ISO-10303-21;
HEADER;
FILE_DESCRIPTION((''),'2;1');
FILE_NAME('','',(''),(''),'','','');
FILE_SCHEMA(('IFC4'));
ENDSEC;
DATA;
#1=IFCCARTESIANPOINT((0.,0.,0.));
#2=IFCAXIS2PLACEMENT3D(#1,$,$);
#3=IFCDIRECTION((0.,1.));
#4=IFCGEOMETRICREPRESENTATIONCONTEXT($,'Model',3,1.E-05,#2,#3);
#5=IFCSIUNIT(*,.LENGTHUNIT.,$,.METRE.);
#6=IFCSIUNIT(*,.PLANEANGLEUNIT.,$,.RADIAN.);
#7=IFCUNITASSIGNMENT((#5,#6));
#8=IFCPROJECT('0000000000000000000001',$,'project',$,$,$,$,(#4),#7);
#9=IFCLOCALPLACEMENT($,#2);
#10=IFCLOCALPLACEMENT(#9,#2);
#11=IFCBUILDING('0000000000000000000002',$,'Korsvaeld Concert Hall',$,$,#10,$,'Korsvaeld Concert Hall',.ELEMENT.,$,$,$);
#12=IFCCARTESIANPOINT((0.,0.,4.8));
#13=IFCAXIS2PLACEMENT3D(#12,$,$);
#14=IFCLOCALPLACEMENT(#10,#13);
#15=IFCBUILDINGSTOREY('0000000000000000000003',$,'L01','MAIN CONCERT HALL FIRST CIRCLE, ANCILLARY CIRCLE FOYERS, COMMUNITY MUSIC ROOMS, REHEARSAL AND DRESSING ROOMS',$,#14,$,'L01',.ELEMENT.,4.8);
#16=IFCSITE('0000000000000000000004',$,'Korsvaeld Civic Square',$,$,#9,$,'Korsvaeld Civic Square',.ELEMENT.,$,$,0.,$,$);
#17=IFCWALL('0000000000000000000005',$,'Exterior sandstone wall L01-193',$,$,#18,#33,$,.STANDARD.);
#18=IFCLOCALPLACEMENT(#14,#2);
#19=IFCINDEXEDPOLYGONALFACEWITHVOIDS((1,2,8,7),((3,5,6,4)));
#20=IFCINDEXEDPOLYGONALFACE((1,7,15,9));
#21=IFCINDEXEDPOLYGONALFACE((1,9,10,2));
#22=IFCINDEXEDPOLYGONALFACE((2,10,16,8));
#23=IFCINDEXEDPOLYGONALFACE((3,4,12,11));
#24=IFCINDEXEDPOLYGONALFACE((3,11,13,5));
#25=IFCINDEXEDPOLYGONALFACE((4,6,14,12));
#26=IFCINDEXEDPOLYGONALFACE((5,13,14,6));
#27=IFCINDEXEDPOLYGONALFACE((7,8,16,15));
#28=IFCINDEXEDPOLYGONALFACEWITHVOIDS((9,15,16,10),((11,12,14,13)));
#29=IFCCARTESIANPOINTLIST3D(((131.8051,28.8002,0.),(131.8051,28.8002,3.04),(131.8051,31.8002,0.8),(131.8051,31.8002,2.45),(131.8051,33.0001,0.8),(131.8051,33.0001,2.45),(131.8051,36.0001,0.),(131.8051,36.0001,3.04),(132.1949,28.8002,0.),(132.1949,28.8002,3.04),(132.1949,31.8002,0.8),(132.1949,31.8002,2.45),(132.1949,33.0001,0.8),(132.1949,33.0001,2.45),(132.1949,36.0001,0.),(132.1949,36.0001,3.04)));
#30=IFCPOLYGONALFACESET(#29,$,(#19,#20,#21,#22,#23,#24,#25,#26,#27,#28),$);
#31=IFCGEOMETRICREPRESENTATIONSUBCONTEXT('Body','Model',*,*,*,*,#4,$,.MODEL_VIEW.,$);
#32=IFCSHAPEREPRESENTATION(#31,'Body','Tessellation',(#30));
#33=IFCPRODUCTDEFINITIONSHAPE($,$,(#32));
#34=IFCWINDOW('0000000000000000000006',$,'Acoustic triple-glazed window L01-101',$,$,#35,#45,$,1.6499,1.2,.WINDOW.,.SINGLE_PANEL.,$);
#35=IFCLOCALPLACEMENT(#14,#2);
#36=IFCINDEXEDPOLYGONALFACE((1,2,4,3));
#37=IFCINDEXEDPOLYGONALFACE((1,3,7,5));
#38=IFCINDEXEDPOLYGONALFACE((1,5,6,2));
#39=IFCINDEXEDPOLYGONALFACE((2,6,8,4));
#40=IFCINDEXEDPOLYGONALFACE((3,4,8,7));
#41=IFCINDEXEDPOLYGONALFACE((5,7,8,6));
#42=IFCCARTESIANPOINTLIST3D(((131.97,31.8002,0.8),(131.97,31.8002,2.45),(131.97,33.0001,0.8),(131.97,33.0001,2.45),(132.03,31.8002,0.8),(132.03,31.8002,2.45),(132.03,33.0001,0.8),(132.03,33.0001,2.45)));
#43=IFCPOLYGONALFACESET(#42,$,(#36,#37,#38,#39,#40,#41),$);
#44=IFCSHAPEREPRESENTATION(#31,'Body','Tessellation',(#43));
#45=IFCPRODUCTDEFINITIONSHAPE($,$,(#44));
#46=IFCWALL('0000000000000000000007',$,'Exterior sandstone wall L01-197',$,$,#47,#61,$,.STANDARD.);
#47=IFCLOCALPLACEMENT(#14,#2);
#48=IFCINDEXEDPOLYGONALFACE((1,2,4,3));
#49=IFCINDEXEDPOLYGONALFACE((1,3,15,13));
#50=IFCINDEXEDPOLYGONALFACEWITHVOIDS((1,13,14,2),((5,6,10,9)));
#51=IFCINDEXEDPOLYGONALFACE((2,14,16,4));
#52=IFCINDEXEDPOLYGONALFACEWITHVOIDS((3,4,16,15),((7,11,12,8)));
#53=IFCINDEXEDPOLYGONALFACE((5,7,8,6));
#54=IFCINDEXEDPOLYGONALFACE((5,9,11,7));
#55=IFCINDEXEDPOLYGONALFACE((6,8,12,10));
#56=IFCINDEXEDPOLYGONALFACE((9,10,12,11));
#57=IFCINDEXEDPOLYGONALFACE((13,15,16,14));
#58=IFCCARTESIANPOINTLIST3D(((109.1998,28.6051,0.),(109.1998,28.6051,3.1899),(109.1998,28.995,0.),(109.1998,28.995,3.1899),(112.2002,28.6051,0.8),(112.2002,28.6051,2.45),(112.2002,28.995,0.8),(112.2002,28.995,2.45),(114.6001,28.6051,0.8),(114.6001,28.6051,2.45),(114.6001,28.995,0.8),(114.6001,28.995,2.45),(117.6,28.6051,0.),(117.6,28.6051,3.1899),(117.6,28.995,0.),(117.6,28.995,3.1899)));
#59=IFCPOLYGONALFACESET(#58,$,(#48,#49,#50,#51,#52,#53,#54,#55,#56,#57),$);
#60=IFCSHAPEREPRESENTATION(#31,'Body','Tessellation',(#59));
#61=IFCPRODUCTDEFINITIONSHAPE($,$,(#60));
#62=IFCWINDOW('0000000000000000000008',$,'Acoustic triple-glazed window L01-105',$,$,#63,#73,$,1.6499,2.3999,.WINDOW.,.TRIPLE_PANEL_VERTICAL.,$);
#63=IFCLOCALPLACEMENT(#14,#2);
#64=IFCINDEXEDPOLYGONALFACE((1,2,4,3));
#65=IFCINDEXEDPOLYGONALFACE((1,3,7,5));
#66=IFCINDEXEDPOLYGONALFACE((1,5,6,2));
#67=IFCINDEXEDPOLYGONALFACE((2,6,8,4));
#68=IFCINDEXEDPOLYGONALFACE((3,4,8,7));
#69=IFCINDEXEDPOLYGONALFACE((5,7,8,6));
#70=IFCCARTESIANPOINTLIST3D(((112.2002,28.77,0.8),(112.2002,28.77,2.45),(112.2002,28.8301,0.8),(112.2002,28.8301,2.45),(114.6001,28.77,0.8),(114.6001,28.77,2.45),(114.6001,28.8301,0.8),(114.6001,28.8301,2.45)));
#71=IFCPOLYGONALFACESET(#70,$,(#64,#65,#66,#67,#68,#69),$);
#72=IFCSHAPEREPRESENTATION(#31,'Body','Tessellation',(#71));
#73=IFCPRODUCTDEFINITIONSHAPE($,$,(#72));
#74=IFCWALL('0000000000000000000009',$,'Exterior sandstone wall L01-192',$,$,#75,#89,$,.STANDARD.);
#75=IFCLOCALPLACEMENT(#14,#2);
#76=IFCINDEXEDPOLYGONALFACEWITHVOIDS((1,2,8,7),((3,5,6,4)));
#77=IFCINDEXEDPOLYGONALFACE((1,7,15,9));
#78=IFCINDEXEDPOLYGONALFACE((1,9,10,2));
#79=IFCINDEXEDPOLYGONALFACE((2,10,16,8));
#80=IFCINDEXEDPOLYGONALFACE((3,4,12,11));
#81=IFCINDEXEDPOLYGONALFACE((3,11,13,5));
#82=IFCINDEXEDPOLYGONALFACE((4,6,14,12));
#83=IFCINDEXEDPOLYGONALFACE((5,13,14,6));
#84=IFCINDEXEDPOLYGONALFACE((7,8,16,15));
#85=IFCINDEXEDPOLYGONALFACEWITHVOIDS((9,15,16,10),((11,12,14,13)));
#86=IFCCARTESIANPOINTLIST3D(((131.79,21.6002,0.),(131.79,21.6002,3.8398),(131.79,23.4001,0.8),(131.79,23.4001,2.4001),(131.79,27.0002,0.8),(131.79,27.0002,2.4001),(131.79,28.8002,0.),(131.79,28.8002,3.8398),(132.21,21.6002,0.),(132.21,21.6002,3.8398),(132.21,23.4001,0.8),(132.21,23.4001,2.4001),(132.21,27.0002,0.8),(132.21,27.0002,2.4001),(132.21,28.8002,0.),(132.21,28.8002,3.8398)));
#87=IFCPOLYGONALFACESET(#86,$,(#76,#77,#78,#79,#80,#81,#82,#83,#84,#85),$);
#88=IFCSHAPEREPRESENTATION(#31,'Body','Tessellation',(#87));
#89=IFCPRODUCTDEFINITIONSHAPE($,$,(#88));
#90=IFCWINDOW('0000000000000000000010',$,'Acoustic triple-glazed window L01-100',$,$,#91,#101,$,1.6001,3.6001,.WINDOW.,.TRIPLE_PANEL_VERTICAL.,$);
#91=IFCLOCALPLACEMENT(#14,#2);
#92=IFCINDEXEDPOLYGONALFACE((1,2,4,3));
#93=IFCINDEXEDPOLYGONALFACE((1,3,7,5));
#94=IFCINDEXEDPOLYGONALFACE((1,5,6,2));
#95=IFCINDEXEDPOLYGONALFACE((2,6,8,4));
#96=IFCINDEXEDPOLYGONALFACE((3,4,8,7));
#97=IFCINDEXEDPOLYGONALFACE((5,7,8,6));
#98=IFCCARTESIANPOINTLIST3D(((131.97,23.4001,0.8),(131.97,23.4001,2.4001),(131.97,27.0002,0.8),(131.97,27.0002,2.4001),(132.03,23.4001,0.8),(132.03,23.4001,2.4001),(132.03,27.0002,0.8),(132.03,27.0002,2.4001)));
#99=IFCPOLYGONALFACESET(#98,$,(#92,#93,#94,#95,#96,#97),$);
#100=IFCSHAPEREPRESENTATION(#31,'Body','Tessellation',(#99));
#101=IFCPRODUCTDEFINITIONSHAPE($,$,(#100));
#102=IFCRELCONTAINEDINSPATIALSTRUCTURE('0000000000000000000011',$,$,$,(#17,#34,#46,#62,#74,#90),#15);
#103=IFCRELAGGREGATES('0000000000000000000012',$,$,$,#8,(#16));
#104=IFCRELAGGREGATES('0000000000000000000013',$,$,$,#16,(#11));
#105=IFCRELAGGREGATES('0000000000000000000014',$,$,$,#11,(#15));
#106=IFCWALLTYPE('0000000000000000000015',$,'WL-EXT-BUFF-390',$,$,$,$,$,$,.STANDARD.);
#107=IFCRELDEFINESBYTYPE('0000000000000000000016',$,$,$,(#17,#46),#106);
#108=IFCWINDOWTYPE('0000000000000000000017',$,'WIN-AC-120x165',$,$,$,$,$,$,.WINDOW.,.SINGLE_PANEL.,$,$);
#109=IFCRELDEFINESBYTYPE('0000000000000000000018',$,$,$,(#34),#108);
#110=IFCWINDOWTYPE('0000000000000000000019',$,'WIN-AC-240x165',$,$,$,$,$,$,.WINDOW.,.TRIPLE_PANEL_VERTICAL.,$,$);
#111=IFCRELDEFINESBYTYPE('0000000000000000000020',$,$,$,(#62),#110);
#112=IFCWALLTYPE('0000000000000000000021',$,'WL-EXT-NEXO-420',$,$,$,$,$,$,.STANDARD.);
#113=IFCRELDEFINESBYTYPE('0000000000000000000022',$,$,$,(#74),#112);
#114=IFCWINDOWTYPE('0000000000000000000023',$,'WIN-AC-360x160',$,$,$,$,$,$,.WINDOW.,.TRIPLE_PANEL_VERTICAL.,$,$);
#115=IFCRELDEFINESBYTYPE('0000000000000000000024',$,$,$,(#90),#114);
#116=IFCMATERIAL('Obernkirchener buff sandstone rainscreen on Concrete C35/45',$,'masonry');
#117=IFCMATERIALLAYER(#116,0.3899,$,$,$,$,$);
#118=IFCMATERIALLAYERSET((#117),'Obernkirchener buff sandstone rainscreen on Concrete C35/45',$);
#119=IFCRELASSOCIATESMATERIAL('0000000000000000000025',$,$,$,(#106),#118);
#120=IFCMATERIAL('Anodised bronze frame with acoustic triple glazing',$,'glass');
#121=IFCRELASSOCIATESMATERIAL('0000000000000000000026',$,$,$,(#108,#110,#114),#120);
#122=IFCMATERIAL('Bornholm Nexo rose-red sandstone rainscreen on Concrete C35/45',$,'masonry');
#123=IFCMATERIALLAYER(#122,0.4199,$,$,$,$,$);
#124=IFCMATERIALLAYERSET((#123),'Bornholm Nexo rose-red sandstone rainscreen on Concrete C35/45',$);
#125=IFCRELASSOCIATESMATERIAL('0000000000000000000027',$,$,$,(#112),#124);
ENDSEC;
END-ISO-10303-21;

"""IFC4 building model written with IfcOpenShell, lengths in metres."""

from ifc_helpers import new_model, si_unit, direction, frame, frame_2d, origin, place, context, subcontext, project, spatial, rectangle, extrude, material, layer, layer_set, type_object, element, fill, save


model = new_model("IFC4")

# Units and contexts
model_context = context("Model", 3, precision=1e-05, world=origin(), true_north=direction((0.0, 1.0)))
body_context = subcontext(model_context, "Body", "Model", "MODEL_VIEW")
ifc_project = project(units=[si_unit("LENGTHUNIT", "METRE"), si_unit("PLANEANGLEUNIT", "RADIAN")], contexts=[model_context])

# Site, building, storey
site_placement = place(None, origin())
site = spatial("IfcSite", under=ifc_project, at=site_placement, Name="Korsvaeld Civic Square", LongName="Korsvaeld Civic Square", CompositionType="ELEMENT", RefElevation=0.0)
building_placement = place(site_placement, origin())
building = spatial("IfcBuilding", under=site, at=building_placement, Name="Korsvaeld Concert Hall", LongName="Korsvaeld Concert Hall", CompositionType="ELEMENT")
storey_placement = place(building_placement, frame((0.0, 0.0, 4.8)))
storey = spatial("IfcBuildingStorey", under=building, at=storey_placement, Name="L01", Description="MAIN CONCERT HALL FIRST CIRCLE, ANCILLARY CIRCLE FOYERS, COMMUNITY MUSIC ROOMS, REHEARSAL AND DRESSING ROOMS", LongName="L01", CompositionType="ELEMENT", Elevation=4.8)

# Walls, openings, windows
ifc_material_1 = material(Name="Obernkirchener buff sandstone rainscreen on Concrete C35/45", Category="masonry")
ifc_layer_1 = layer(ifc_material_1, 0.3899)
ifc_layer_set_1 = layer_set([ifc_layer_1], Name="Obernkirchener buff sandstone rainscreen on Concrete C35/45")
wall_type_1 = type_object("IfcWallType", Name="WL-EXT-BUFF-390", PredefinedType="STANDARD", material=ifc_layer_set_1)
ifc_material_2 = material(Name="Anodised bronze frame with acoustic triple glazing", Category="glass")
wall_1_placement = place(storey_placement, frame((132.0, 28.8, 0.0), z_axis=(0.0, 0.0, 1.0), x_axis=(0.0, 1.0, 0.0)))
wall_1 = element("IfcWall", 1, at=wall_1_placement, inside=storey, type_object=wall_type_1, Name="Exterior sandstone wall L01-193", PredefinedType="STANDARD", context=body_context, shape_type="SweptSolid", body=[
    extrude(rectangle(XDim=7.2, YDim=0.3899, at=frame_2d((3.6001, 0.0))), origin(), (0.0, 0.0, 1.0), 3.04),
])
opening_1_placement = place(wall_1_placement, frame((3.0, 0.0, 0.8)))
opening_1 = element("IfcOpeningElement", 2, at=opening_1_placement, cuts=wall_1, PredefinedType="OPENING", context=body_context, shape_type="SweptSolid", body=[
    extrude(rectangle(XDim=1.2, YDim=1.6499, at=frame_2d((0.6001, 0.825))), frame((0.0, 0.2051, 0.0), z_axis=(0.0, -1.0, 0.0), x_axis=(1.0, 0.0, 0.0)), (0.0, 0.0, 1.0), 0.4099),
])
window_type_1 = type_object("IfcWindowType", Name="WIN-AC-120x165", PartitioningType="SINGLE_PANEL", PredefinedType="WINDOW", material=ifc_material_2)
window_1_placement = place(opening_1_placement, origin())
window_1 = element("IfcWindow", 3, at=window_1_placement, inside=storey, type_object=window_type_1, Name="Acoustic triple-glazed window L01-101", OverallHeight=1.6499, OverallWidth=1.2, PartitioningType="SINGLE_PANEL", PredefinedType="WINDOW", context=body_context, shape_type="SweptSolid", body=[
    extrude(rectangle(XDim=1.2, YDim=1.6499, at=frame_2d((0.6001, 0.825))), frame((0.0, 0.03, 0.0), z_axis=(0.0, -1.0, 0.0), x_axis=(1.0, 0.0, 0.0)), (0.0, 0.0, 1.0), 0.0601),
])
fill(opening_1, window_1)
wall_2_placement = place(storey_placement, frame((117.6001, 28.8, 0.0), z_axis=(0.0, 0.0, 1.0), x_axis=(-1.0, 0.0, 0.0)))
wall_2 = element("IfcWall", 4, at=wall_2_placement, inside=storey, type_object=wall_type_1, Name="Exterior sandstone wall L01-197", PredefinedType="STANDARD", context=body_context, shape_type="SweptSolid", body=[
    extrude(rectangle(XDim=8.4001, YDim=0.3899, at=frame_2d((4.2002, 0.0))), origin(), (0.0, 0.0, 1.0), 3.1899),
])
opening_2_placement = place(wall_2_placement, frame((3.0, 0.0, 0.8)))
opening_2 = element("IfcOpeningElement", 5, at=opening_2_placement, cuts=wall_2, PredefinedType="OPENING", context=body_context, shape_type="SweptSolid", body=[
    extrude(rectangle(XDim=2.3999, YDim=1.6499, at=frame_2d((1.2, 0.825))), frame((0.0, 0.2051, 0.0), z_axis=(0.0, -1.0, 0.0), x_axis=(1.0, 0.0, 0.0)), (0.0, 0.0, 1.0), 0.4099),
])
window_type_2 = type_object("IfcWindowType", Name="WIN-AC-240x165", PartitioningType="TRIPLE_PANEL_VERTICAL", PredefinedType="WINDOW", material=ifc_material_2)
window_2_placement = place(opening_2_placement, origin())
window_2 = element("IfcWindow", 6, at=window_2_placement, inside=storey, type_object=window_type_2, Name="Acoustic triple-glazed window L01-105", OverallHeight=1.6499, OverallWidth=2.3999, PartitioningType="TRIPLE_PANEL_VERTICAL", PredefinedType="WINDOW", context=body_context, shape_type="SweptSolid", body=[
    extrude(rectangle(XDim=2.3999, YDim=1.6499, at=frame_2d((1.2, 0.825))), frame((0.0, 0.03, 0.0), z_axis=(0.0, -1.0, 0.0), x_axis=(1.0, 0.0, 0.0)), (0.0, 0.0, 1.0), 0.0601),
])
fill(opening_2, window_2)
ifc_material_3 = material(Name="Bornholm Nexo rose-red sandstone rainscreen on Concrete C35/45", Category="masonry")
ifc_layer_2 = layer(ifc_material_3, 0.4199)
ifc_layer_set_2 = layer_set([ifc_layer_2], Name="Bornholm Nexo rose-red sandstone rainscreen on Concrete C35/45")
wall_type_2 = type_object("IfcWallType", Name="WL-EXT-NEXO-420", PredefinedType="STANDARD", material=ifc_layer_set_2)
wall_3_placement = place(storey_placement, frame((132.0, 21.6001, 0.0), z_axis=(0.0, 0.0, 1.0), x_axis=(0.0, 1.0, 0.0)))
wall_3 = element("IfcWall", 7, at=wall_3_placement, inside=storey, type_object=wall_type_2, Name="Exterior sandstone wall L01-192", PredefinedType="STANDARD", context=body_context, shape_type="SweptSolid", body=[
    extrude(rectangle(XDim=7.2, YDim=0.4199, at=frame_2d((3.6001, 0.0))), origin(), (0.0, 0.0, 1.0), 3.8398),
])
opening_3_placement = place(wall_3_placement, frame((1.8, 0.0, 0.8)))
opening_3 = element("IfcOpeningElement", 8, at=opening_3_placement, cuts=wall_3, PredefinedType="OPENING", context=body_context, shape_type="SweptSolid", body=[
    extrude(rectangle(XDim=3.6001, YDim=1.6001, at=frame_2d((1.8, 0.8))), frame((0.0, 0.22, 0.0), z_axis=(0.0, -1.0, 0.0), x_axis=(1.0, 0.0, 0.0)), (0.0, 0.0, 1.0), 0.4399),
])
window_type_3 = type_object("IfcWindowType", Name="WIN-AC-360x160", PartitioningType="TRIPLE_PANEL_VERTICAL", PredefinedType="WINDOW", material=ifc_material_2)
window_3_placement = place(opening_3_placement, origin())
window_3 = element("IfcWindow", 9, at=window_3_placement, inside=storey, type_object=window_type_3, Name="Acoustic triple-glazed window L01-100", OverallHeight=1.6001, OverallWidth=3.6001, PartitioningType="TRIPLE_PANEL_VERTICAL", PredefinedType="WINDOW", context=body_context, shape_type="SweptSolid", body=[
    extrude(rectangle(XDim=3.6001, YDim=1.6001, at=frame_2d((1.8, 0.8))), frame((0.0, 0.03, 0.0), z_axis=(0.0, -1.0, 0.0), x_axis=(1.0, 0.0, 0.0)), (0.0, 0.0, 1.0), 0.0601),
])
fill(opening_3, window_3)

save(model, "model.ifc")
